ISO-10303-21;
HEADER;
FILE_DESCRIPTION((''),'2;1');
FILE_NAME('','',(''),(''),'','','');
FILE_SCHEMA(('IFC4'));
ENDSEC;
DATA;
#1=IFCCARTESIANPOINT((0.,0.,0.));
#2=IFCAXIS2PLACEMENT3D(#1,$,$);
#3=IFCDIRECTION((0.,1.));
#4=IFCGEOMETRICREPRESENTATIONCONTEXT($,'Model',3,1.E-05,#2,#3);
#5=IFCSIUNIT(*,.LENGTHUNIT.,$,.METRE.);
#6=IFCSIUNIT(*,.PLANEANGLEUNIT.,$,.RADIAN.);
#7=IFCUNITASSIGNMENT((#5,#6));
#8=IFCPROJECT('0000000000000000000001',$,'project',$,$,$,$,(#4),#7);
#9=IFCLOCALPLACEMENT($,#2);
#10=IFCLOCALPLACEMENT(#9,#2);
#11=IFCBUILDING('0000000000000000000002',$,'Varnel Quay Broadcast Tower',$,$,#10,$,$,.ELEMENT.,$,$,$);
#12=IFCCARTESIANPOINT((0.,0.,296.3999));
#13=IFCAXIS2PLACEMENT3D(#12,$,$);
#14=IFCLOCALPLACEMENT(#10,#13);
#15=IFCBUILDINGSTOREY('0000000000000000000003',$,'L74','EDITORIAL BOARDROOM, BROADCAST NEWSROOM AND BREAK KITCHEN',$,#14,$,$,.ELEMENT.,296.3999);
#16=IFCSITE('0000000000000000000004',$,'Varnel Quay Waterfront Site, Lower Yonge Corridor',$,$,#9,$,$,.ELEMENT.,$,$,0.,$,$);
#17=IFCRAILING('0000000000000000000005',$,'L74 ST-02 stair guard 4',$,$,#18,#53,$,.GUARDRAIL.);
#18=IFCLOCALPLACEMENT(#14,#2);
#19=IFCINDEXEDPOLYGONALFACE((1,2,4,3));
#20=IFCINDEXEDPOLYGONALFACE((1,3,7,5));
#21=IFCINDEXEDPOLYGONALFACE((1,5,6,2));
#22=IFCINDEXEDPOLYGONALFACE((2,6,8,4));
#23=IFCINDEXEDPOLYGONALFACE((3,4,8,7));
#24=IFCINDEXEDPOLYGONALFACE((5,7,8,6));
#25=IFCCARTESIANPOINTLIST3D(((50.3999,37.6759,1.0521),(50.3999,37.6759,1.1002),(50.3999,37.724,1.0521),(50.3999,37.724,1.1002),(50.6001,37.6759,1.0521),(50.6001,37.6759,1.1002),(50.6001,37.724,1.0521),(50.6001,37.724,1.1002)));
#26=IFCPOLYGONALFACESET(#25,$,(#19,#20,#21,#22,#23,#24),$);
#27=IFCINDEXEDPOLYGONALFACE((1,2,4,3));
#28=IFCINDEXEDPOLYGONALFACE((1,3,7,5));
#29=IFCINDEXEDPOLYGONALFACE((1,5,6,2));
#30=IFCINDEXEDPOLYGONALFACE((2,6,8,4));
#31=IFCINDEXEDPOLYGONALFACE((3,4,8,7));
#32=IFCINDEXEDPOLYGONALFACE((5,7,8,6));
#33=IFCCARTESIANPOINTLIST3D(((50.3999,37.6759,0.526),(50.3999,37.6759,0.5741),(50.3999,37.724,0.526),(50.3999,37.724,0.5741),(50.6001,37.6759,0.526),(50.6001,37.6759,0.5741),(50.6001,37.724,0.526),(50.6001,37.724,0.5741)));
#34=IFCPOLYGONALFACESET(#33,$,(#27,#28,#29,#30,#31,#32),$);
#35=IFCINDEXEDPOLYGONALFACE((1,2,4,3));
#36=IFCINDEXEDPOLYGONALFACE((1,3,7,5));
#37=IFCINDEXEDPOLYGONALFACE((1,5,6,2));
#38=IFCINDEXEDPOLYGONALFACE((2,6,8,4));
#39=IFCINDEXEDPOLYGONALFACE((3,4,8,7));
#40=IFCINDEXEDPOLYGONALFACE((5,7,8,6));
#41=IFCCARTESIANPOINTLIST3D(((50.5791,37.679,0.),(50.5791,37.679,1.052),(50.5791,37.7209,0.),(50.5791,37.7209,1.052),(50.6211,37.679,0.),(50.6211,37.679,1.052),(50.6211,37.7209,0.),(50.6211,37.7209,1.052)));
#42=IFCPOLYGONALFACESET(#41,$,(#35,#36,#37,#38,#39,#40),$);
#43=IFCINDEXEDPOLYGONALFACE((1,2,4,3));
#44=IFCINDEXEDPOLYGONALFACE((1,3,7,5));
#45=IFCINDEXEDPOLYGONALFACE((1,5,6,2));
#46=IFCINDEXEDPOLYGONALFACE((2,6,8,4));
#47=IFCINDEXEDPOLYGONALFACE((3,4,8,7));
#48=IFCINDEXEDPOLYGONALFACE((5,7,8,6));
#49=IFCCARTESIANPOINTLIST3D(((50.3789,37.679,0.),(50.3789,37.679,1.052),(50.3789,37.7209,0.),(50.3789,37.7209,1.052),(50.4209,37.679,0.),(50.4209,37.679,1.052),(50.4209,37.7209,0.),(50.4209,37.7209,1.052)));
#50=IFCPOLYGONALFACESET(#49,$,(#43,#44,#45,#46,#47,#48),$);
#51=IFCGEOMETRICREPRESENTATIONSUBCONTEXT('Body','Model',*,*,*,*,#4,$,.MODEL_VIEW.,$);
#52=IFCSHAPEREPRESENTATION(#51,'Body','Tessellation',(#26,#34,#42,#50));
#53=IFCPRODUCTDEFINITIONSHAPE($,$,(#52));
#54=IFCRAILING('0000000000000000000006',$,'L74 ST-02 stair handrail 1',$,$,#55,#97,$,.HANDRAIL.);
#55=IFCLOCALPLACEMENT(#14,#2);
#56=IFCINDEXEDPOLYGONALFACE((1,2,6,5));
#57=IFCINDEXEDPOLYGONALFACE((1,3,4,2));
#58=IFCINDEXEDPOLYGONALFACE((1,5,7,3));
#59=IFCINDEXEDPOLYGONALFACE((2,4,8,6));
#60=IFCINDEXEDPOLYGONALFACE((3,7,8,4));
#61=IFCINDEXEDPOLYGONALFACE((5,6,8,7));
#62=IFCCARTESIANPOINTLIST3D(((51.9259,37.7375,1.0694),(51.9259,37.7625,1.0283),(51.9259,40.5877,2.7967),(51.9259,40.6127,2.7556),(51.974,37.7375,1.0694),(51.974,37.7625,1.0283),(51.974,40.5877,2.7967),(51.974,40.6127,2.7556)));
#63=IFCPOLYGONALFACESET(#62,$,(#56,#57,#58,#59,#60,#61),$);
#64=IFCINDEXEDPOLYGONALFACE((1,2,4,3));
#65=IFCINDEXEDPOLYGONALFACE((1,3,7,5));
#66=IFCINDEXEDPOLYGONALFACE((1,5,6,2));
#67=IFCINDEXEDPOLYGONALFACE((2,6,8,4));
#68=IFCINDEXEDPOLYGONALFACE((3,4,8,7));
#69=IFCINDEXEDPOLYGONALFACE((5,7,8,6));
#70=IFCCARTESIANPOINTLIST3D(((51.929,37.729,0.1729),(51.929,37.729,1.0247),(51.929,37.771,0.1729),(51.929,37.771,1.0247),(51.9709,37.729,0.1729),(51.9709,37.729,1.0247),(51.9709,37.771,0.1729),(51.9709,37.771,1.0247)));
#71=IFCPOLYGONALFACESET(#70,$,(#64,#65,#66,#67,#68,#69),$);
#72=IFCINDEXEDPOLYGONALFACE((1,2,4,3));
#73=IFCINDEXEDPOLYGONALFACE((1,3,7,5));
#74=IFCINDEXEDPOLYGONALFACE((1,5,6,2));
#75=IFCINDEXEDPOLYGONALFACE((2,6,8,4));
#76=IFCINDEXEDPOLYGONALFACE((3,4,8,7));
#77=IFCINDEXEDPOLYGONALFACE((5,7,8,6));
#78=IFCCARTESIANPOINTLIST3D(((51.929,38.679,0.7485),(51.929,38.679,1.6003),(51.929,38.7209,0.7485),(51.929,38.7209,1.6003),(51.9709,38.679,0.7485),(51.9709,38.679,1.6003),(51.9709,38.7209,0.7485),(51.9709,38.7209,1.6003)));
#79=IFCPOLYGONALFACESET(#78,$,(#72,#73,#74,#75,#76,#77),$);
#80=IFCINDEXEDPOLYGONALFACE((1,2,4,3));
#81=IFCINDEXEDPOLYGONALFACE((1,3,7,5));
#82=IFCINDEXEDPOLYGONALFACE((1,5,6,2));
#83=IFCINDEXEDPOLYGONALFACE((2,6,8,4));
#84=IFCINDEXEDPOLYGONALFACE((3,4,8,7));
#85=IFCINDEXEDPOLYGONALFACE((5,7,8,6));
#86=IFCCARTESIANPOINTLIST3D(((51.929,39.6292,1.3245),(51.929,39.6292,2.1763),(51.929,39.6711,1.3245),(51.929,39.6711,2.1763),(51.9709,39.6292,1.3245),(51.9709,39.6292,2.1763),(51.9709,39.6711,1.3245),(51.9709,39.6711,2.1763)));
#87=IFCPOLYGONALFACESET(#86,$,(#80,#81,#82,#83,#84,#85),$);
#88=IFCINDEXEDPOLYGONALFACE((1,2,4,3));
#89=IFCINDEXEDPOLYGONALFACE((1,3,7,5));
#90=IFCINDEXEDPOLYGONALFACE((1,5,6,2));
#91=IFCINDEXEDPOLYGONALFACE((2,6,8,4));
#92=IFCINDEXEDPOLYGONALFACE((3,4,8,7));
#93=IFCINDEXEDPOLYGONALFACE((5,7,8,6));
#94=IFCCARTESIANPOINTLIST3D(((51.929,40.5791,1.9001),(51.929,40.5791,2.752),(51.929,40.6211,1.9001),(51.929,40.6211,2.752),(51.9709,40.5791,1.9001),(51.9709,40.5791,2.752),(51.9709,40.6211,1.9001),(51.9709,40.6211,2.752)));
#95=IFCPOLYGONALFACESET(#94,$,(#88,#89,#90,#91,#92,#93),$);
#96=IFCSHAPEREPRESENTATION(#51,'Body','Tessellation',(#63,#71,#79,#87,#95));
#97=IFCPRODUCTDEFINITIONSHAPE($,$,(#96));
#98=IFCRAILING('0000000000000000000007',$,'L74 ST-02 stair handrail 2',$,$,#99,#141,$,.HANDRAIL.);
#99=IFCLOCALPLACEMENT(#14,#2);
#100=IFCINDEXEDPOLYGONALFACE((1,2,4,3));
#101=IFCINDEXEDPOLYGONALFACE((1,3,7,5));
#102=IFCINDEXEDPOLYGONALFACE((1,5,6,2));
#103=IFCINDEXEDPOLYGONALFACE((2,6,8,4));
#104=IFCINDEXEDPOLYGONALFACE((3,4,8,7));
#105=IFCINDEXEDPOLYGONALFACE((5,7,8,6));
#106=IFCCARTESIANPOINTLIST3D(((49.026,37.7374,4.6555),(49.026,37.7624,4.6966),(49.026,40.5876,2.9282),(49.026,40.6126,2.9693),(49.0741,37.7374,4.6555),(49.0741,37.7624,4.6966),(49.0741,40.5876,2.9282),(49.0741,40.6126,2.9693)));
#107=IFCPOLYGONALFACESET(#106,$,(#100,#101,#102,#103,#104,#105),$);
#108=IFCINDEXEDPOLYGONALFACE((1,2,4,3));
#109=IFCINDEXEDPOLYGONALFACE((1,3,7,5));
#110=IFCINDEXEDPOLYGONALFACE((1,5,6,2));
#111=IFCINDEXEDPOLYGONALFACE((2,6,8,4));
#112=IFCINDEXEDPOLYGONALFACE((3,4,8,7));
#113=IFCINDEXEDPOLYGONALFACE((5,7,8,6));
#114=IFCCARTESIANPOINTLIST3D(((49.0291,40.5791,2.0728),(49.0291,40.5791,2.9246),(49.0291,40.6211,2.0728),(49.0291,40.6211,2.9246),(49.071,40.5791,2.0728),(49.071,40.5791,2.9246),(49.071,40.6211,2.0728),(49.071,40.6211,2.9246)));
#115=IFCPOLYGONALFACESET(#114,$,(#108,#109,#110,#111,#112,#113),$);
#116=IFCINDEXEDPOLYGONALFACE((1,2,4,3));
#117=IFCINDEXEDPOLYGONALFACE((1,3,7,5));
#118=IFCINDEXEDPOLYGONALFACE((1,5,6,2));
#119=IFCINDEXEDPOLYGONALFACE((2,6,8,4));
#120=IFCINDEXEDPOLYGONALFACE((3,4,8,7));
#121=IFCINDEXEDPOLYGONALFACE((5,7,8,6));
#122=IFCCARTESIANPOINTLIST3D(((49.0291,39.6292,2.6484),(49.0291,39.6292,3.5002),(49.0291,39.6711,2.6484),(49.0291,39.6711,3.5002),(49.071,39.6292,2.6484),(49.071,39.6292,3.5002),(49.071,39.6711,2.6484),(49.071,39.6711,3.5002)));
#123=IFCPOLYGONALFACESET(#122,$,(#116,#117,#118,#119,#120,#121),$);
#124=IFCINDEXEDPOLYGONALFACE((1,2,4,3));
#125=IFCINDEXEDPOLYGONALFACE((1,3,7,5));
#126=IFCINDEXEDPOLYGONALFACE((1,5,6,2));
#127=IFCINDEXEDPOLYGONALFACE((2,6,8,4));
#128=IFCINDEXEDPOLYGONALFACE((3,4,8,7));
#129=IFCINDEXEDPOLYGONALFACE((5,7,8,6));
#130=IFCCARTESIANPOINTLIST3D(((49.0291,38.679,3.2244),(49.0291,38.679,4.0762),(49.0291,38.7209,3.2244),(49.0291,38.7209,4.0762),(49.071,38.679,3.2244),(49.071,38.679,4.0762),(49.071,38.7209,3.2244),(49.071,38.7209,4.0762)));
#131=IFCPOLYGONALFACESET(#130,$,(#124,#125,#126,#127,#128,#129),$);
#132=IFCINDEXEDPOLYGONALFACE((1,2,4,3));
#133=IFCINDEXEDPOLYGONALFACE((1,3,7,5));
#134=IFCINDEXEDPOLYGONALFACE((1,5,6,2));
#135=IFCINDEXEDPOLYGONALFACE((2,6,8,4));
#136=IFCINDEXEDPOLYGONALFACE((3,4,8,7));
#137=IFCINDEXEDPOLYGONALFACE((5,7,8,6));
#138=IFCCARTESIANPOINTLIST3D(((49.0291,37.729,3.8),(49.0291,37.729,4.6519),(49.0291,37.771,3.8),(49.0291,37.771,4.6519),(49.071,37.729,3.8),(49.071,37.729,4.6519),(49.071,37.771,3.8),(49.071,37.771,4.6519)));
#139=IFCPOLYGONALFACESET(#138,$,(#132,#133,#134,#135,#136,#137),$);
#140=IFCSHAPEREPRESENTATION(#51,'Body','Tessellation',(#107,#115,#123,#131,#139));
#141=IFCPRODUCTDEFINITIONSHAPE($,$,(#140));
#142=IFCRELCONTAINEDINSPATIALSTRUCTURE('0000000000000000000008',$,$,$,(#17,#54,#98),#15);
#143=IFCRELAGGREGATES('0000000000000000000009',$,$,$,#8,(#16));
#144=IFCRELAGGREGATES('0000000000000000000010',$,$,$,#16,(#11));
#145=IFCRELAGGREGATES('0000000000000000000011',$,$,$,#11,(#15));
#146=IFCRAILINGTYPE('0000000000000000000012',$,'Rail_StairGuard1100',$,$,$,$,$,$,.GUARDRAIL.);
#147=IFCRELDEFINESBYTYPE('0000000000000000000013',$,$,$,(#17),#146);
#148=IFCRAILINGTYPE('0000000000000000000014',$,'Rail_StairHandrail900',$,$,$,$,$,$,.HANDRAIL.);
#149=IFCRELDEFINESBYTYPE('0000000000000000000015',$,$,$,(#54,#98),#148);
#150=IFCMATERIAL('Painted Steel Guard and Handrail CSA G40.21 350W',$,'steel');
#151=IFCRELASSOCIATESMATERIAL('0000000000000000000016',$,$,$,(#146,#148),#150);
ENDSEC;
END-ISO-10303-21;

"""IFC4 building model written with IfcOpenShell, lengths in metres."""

from ifc_helpers import new_model, si_unit, direction, frame, origin, origin_2d, place, context, subcontext, project, spatial, rectangle, extrude, material, type_object, element, save


model = new_model("IFC4")

# Units and contexts
model_context = context("Model", 3, precision=1e-05, world=origin(), true_north=direction((0.0, 1.0)))
body_context = subcontext(model_context, "Body", "Model", "MODEL_VIEW")
ifc_project = project(units=[si_unit("LENGTHUNIT", "METRE"), si_unit("PLANEANGLEUNIT", "RADIAN")], contexts=[model_context])

# Site, building, storey
site_placement = place(None, origin())
site = spatial("IfcSite", under=ifc_project, at=site_placement, Name="Varnel Quay Waterfront Site, Lower Yonge Corridor", CompositionType="ELEMENT", RefElevation=0.0)
building_placement = place(site_placement, origin())
building = spatial("IfcBuilding", under=site, at=building_placement, Name="Varnel Quay Broadcast Tower", CompositionType="ELEMENT")
storey_placement = place(building_placement, frame((0.0, 0.0, 296.3999)))
storey = spatial("IfcBuildingStorey", under=building, at=storey_placement, Name="L74", Description="EDITORIAL BOARDROOM, BROADCAST NEWSROOM AND BREAK KITCHEN", CompositionType="ELEMENT", Elevation=296.3999)

# Railings
ifc_material_1 = material(Name="Painted Steel Guard and Handrail CSA G40.21 350W", Category="steel")
railing_type_1 = type_object("IfcRailingType", Name="Rail_StairGuard1100", PredefinedType="GUARDRAIL", material=ifc_material_1)
railing_1_placement = place(storey_placement, frame((50.6001, 37.7, 0.0)))
element("IfcRailing", 1, at=railing_1_placement, inside=storey, type_object=railing_type_1, Name="L74 ST-02 stair guard 4", PredefinedType="GUARDRAIL", context=body_context, shape_type="SweptSolid", body=[
    extrude(rectangle(XDim=0.0481, YDim=0.0481, at=origin_2d()), frame((0.0, 0.0, 1.0762), z_axis=(-1.0, 0.0, 0.0), x_axis=(0.0, -1.0, 0.0)), (0.0, 0.0, 1.0), 0.2002),
    extrude(rectangle(XDim=0.0481, YDim=0.0481, at=origin_2d()), frame((0.0, 0.0, 0.55), z_axis=(-1.0, 0.0, 0.0), x_axis=(0.0, -1.0, 0.0)), (0.0, 0.0, 1.0), 0.2002),
    extrude(rectangle(XDim=0.042, YDim=0.042, at=origin_2d()), origin(), (0.0, 0.0, 1.0), 1.052),
    extrude(rectangle(XDim=0.042, YDim=0.042, at=origin_2d()), frame((-0.2002, 0.0, 0.0)), (0.0, 0.0, 1.0), 1.052),
])
railing_type_2 = type_object("IfcRailingType", Name="Rail_StairHandrail900", PredefinedType="HANDRAIL", material=ifc_material_1)
railing_2_placement = place(storey_placement, frame((51.95, 37.75, 0.1729)))
element("IfcRailing", 2, at=railing_2_placement, inside=storey, type_object=railing_type_2, Name="L74 ST-02 stair handrail 1", PredefinedType="HANDRAIL", context=body_context, shape_type="SweptSolid", body=[
    extrude(rectangle(XDim=0.0481, YDim=0.0481, at=origin_2d()), frame((0.0, 0.0, 0.876), z_axis=(0.0, 0.855203, 0.518294), x_axis=(-1.0, 0.0, 0.0)), (0.0, 0.0, 1.0), 3.3328),
    extrude(rectangle(XDim=0.042, YDim=0.042, at=origin_2d()), origin(), (0.0, 0.0, 1.0), 0.8518),
    extrude(rectangle(XDim=0.042, YDim=0.042, at=origin_2d()), frame((0.0, 0.95, 0.5757)), (0.0, 0.0, 1.0), 0.8518),
    extrude(rectangle(XDim=0.042, YDim=0.042, at=origin_2d()), frame((0.0, 1.9001, 1.1516)), (0.0, 0.0, 1.0), 0.8518),
    extrude(rectangle(XDim=0.042, YDim=0.042, at=origin_2d()), frame((0.0, 2.8501, 1.7273)), (0.0, 0.0, 1.0), 0.8518),
])
railing_3_placement = place(storey_placement, frame((49.05, 40.6001, 2.0728)))
element("IfcRailing", 3, at=railing_3_placement, inside=storey, type_object=railing_type_2, Name="L74 ST-02 stair handrail 2", PredefinedType="HANDRAIL", context=body_context, shape_type="SweptSolid", body=[
    extrude(rectangle(XDim=0.0481, YDim=0.0481, at=origin_2d()), frame((0.0, 0.0, 0.876), z_axis=(0.0, -0.855203, 0.518294), x_axis=(1.0, 0.0, 0.0)), (0.0, 0.0, 1.0), 3.3328),
    extrude(rectangle(XDim=0.042, YDim=0.042, at=origin_2d()), origin(), (0.0, 0.0, 1.0), 0.8518),
    extrude(rectangle(XDim=0.042, YDim=0.042, at=origin_2d()), frame((0.0, -0.95, 0.5757)), (0.0, 0.0, 1.0), 0.8518),
    extrude(rectangle(XDim=0.042, YDim=0.042, at=origin_2d()), frame((0.0, -1.9001, 1.1516)), (0.0, 0.0, 1.0), 0.8518),
    extrude(rectangle(XDim=0.042, YDim=0.042, at=origin_2d()), frame((0.0, -2.8501, 1.7273)), (0.0, 0.0, 1.0), 0.8518),
])

save(model, "model.ifc")
